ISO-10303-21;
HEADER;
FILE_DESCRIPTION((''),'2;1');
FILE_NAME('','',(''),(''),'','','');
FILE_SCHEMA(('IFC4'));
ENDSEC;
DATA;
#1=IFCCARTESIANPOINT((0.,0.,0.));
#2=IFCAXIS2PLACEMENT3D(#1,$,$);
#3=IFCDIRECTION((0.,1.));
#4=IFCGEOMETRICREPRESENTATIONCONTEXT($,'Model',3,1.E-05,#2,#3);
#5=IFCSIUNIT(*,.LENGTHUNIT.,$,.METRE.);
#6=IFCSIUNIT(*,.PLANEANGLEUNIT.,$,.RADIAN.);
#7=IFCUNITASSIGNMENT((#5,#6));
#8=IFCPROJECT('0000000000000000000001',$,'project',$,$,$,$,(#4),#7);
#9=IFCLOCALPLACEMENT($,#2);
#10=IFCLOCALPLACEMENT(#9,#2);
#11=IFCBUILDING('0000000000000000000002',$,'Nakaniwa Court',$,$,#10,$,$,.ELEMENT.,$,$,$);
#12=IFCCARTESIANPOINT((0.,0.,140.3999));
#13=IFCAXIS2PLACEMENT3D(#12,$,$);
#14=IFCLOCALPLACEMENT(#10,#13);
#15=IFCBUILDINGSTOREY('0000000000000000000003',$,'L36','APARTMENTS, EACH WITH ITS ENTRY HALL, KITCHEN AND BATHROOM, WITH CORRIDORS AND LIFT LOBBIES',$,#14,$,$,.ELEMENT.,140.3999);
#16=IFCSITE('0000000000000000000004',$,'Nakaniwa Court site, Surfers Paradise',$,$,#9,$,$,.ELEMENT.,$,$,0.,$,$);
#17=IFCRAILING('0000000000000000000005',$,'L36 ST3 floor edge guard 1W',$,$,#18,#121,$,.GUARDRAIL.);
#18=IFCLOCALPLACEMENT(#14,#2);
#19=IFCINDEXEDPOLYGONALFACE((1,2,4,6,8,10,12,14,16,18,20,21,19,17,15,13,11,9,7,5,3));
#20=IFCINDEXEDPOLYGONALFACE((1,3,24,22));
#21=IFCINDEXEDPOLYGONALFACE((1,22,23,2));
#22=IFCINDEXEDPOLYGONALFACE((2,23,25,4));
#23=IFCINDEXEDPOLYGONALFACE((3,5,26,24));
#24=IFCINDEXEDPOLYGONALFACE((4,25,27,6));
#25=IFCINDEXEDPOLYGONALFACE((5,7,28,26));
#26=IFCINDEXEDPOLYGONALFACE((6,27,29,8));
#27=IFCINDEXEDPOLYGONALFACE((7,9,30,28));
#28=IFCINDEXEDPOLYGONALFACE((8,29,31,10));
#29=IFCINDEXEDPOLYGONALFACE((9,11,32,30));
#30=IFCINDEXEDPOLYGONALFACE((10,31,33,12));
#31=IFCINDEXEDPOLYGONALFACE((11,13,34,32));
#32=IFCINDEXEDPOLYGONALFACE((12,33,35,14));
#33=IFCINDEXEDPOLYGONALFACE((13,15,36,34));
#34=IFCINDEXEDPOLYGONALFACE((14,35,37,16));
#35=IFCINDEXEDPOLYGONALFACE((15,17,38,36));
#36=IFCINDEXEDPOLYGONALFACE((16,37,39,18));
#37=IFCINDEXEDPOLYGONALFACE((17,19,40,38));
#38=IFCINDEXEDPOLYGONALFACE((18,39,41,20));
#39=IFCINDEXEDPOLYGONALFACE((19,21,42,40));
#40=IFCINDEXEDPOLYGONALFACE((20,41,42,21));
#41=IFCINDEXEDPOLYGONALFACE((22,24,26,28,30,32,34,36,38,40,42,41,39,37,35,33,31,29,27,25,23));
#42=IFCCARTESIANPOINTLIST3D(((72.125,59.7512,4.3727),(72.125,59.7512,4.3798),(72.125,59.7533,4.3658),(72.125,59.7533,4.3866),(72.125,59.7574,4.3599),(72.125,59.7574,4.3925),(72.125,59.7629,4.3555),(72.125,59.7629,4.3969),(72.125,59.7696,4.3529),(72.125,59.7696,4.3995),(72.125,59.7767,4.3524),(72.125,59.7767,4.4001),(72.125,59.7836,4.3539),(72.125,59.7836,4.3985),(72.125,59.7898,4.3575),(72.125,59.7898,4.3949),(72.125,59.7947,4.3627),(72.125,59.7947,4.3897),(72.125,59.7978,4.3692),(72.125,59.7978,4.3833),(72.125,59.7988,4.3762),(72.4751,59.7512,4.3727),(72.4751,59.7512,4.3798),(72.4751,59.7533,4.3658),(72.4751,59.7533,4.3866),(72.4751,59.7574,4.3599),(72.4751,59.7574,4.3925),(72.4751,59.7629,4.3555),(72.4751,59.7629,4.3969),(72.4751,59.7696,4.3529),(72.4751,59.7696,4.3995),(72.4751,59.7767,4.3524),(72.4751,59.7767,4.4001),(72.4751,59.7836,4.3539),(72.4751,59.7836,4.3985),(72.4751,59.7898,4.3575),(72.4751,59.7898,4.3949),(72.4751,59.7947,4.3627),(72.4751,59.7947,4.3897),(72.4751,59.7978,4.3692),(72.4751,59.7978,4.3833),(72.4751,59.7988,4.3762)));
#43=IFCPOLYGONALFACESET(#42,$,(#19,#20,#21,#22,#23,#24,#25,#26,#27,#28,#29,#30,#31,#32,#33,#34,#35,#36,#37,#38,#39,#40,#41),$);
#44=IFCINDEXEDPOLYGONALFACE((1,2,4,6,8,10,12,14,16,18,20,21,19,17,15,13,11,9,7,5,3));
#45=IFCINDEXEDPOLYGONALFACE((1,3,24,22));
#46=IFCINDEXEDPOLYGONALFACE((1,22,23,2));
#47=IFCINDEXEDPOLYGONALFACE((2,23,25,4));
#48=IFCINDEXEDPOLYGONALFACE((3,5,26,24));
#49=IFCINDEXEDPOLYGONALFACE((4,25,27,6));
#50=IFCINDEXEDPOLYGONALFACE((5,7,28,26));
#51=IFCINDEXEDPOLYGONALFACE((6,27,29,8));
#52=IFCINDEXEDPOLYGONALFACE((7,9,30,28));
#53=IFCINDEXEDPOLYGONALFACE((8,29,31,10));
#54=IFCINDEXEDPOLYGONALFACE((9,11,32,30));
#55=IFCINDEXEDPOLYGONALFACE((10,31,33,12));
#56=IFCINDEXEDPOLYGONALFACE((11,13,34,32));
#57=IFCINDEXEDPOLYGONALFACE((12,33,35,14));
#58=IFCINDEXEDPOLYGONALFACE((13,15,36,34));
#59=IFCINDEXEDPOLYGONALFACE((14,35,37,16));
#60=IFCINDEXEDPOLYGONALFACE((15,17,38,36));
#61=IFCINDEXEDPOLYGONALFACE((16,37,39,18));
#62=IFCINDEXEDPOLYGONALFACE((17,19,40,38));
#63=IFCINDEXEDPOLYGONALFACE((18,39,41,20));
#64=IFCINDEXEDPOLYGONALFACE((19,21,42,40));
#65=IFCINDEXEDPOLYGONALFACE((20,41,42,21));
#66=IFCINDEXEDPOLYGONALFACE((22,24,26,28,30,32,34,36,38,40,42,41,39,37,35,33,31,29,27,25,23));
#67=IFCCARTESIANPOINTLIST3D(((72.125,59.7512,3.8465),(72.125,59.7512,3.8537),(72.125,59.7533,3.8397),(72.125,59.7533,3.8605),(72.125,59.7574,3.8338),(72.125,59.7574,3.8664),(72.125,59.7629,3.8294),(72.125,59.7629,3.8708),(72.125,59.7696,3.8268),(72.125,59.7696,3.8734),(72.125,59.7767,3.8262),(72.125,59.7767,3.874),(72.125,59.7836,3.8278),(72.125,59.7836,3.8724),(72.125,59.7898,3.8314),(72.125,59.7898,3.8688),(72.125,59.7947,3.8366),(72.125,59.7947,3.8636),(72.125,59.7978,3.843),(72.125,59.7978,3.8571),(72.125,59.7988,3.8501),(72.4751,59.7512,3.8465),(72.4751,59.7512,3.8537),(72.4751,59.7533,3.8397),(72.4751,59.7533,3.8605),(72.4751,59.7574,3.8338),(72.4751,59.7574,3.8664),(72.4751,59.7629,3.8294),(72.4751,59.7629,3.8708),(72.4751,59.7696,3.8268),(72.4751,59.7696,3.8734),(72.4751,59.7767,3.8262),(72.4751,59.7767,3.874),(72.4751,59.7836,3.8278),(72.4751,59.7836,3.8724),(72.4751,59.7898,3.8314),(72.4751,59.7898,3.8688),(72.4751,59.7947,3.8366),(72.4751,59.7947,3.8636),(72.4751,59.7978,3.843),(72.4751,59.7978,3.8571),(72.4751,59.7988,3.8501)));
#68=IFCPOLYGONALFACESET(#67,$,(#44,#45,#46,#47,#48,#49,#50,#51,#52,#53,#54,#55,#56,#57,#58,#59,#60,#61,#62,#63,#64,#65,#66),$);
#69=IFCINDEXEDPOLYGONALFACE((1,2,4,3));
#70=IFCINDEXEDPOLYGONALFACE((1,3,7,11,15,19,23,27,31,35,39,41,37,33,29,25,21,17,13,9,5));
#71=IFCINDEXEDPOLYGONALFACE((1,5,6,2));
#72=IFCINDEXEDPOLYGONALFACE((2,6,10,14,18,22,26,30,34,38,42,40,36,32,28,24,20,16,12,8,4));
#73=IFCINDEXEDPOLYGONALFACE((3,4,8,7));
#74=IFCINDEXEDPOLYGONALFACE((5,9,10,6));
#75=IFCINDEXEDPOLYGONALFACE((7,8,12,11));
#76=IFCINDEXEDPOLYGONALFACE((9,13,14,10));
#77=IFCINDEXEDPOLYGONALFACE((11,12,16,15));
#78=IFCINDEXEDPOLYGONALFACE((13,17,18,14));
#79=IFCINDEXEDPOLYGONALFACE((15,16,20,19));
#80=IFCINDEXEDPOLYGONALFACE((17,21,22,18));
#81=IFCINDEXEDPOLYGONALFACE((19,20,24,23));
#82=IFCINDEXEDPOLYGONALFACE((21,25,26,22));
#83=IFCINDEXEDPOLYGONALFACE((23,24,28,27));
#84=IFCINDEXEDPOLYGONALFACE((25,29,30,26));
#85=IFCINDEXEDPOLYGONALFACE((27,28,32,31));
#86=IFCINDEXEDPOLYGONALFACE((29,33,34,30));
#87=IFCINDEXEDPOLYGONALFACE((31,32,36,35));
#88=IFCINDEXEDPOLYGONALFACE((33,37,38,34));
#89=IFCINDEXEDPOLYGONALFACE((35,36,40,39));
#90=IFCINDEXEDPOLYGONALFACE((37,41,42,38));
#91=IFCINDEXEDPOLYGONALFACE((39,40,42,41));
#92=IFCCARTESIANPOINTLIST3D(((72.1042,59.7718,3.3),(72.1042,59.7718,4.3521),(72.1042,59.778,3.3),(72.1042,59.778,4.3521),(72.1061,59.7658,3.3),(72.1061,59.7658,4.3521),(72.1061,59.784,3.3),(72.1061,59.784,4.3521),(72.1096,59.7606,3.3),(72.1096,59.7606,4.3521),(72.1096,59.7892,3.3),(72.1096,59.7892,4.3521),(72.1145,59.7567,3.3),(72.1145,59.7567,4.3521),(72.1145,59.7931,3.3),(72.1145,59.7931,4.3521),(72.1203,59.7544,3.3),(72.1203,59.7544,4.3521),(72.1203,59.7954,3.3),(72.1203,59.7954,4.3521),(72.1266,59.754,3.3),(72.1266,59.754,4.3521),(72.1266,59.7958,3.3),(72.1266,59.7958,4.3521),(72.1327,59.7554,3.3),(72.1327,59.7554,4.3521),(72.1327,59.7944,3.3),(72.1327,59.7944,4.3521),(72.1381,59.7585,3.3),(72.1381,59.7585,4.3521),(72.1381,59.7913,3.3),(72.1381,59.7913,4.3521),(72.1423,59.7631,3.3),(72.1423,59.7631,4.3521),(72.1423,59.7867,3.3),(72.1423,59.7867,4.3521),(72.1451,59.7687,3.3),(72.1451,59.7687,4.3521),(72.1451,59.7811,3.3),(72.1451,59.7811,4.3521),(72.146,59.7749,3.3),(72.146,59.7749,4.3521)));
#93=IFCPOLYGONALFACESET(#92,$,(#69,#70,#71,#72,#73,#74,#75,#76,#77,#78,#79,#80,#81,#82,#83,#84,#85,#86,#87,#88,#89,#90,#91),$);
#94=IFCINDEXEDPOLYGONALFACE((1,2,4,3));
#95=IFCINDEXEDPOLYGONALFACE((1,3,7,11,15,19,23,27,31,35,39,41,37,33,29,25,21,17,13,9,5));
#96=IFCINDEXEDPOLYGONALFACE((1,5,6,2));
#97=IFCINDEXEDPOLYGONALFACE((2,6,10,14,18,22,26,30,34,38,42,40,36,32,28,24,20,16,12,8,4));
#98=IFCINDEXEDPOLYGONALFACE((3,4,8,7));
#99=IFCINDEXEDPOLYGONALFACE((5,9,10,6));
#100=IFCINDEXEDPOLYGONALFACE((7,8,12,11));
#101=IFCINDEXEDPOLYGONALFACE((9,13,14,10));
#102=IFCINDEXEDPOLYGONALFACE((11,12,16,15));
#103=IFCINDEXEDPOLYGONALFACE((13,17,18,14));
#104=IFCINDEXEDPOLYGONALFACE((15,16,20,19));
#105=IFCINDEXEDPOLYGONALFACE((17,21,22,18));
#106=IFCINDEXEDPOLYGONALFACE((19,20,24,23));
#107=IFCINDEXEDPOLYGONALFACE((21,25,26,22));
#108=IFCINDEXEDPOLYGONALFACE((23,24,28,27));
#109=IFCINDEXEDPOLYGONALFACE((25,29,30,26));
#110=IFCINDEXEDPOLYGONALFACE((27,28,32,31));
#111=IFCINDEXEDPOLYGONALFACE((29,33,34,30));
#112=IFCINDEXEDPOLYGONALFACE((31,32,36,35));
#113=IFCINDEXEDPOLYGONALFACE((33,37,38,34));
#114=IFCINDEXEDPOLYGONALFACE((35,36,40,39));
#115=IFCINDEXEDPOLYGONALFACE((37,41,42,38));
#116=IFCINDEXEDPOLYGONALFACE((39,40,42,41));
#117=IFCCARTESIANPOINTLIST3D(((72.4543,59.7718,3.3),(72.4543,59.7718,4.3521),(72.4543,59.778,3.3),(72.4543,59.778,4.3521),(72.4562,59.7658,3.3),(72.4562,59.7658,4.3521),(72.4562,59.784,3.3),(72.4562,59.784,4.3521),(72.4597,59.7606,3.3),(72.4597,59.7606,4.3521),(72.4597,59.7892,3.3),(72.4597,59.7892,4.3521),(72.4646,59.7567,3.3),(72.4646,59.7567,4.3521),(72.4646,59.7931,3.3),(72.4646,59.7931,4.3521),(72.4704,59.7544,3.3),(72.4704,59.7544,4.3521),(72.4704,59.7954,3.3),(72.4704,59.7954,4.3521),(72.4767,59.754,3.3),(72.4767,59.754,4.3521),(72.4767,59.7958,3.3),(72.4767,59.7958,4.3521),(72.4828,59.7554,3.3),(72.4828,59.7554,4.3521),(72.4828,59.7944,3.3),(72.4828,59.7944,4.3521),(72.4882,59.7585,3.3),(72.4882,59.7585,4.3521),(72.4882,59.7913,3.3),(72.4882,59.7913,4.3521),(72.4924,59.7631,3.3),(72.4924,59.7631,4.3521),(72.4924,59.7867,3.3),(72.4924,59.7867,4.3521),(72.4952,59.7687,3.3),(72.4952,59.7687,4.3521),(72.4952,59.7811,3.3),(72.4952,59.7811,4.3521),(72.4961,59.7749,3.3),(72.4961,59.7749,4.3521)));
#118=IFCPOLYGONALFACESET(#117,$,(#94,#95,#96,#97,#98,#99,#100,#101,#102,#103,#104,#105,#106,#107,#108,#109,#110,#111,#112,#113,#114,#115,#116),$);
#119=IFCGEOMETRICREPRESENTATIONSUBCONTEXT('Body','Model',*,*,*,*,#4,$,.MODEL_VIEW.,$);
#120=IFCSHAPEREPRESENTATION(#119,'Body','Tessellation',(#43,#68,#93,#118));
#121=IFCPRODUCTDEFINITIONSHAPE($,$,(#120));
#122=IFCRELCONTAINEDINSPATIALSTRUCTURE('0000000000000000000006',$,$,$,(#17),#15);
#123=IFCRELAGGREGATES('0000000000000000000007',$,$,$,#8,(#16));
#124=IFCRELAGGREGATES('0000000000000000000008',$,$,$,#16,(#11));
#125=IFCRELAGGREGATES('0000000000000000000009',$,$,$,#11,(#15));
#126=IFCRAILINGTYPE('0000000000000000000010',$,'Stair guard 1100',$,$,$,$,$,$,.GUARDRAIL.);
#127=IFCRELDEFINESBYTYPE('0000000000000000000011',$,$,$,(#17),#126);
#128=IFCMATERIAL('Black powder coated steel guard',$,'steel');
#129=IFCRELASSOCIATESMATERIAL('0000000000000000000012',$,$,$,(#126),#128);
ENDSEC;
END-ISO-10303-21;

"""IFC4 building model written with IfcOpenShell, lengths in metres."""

from ifc_helpers import new_model, si_unit, direction, frame, origin, origin_2d, place, context, subcontext, project, spatial, circle, extrude, material, type_object, element, save


model = new_model("IFC4")

# Units and contexts
model_context = context("Model", 3, precision=1e-05, world=origin(), true_north=direction((0.0, 1.0)))
body_context = subcontext(model_context, "Body", "Model", "MODEL_VIEW")
ifc_project = project(units=[si_unit("LENGTHUNIT", "METRE"), si_unit("PLANEANGLEUNIT", "RADIAN")], contexts=[model_context])

# Site, building, storey
site_placement = place(None, origin())
site = spatial("IfcSite", under=ifc_project, at=site_placement, Name="Nakaniwa Court site, Surfers Paradise", CompositionType="ELEMENT", RefElevation=0.0)
building_placement = place(site_placement, origin())
building = spatial("IfcBuilding", under=site, at=building_placement, Name="Nakaniwa Court", CompositionType="ELEMENT")
storey_placement = place(building_placement, frame((0.0, 0.0, 140.3999)))
storey = spatial("IfcBuildingStorey", under=building, at=storey_placement, Name="L36", Description="APARTMENTS, EACH WITH ITS ENTRY HALL, KITCHEN AND BATHROOM, WITH CORRIDORS AND LIFT LOBBIES", CompositionType="ELEMENT", Elevation=140.3999)

# Railing
ifc_material_1 = material(Name="Black powder coated steel guard", Category="steel")
railing_type_1 = type_object("IfcRailingType", Name="Stair guard 1100", PredefinedType="GUARDRAIL", material=ifc_material_1)
for number, where, name in (
    (1, (72.125, 59.7749, 3.3), "L36 ST3 floor edge guard 1W"),
):
    element("IfcRailing", number, at=place(storey_placement, frame(where)), inside=storey, type_object=railing_type_1, Name=name, PredefinedType="GUARDRAIL", context=body_context, shape_type="SweptSolid", body=[
        extrude(circle(Radius=0.0239, at=origin_2d()), frame((0.0, 0.0, 1.0762), z_axis=(1.0, 0.0, 0.0), x_axis=(0.0, 1.0, 0.0)), (0.0, 0.0, 1.0), 0.3501),
        extrude(circle(Radius=0.0239, at=origin_2d()), frame((0.0, 0.0, 0.55), z_axis=(1.0, 0.0, 0.0), x_axis=(0.0, 1.0, 0.0)), (0.0, 0.0, 1.0), 0.3501),
        extrude(circle(Radius=0.021, at=origin_2d()), origin(), (0.0, 0.0, 1.0), 1.052),
        extrude(circle(Radius=0.021, at=origin_2d()), frame((0.3501, 0.0, 0.0)), (0.0, 0.0, 1.0), 1.052),
    ])

save(model, "model.ifc")
